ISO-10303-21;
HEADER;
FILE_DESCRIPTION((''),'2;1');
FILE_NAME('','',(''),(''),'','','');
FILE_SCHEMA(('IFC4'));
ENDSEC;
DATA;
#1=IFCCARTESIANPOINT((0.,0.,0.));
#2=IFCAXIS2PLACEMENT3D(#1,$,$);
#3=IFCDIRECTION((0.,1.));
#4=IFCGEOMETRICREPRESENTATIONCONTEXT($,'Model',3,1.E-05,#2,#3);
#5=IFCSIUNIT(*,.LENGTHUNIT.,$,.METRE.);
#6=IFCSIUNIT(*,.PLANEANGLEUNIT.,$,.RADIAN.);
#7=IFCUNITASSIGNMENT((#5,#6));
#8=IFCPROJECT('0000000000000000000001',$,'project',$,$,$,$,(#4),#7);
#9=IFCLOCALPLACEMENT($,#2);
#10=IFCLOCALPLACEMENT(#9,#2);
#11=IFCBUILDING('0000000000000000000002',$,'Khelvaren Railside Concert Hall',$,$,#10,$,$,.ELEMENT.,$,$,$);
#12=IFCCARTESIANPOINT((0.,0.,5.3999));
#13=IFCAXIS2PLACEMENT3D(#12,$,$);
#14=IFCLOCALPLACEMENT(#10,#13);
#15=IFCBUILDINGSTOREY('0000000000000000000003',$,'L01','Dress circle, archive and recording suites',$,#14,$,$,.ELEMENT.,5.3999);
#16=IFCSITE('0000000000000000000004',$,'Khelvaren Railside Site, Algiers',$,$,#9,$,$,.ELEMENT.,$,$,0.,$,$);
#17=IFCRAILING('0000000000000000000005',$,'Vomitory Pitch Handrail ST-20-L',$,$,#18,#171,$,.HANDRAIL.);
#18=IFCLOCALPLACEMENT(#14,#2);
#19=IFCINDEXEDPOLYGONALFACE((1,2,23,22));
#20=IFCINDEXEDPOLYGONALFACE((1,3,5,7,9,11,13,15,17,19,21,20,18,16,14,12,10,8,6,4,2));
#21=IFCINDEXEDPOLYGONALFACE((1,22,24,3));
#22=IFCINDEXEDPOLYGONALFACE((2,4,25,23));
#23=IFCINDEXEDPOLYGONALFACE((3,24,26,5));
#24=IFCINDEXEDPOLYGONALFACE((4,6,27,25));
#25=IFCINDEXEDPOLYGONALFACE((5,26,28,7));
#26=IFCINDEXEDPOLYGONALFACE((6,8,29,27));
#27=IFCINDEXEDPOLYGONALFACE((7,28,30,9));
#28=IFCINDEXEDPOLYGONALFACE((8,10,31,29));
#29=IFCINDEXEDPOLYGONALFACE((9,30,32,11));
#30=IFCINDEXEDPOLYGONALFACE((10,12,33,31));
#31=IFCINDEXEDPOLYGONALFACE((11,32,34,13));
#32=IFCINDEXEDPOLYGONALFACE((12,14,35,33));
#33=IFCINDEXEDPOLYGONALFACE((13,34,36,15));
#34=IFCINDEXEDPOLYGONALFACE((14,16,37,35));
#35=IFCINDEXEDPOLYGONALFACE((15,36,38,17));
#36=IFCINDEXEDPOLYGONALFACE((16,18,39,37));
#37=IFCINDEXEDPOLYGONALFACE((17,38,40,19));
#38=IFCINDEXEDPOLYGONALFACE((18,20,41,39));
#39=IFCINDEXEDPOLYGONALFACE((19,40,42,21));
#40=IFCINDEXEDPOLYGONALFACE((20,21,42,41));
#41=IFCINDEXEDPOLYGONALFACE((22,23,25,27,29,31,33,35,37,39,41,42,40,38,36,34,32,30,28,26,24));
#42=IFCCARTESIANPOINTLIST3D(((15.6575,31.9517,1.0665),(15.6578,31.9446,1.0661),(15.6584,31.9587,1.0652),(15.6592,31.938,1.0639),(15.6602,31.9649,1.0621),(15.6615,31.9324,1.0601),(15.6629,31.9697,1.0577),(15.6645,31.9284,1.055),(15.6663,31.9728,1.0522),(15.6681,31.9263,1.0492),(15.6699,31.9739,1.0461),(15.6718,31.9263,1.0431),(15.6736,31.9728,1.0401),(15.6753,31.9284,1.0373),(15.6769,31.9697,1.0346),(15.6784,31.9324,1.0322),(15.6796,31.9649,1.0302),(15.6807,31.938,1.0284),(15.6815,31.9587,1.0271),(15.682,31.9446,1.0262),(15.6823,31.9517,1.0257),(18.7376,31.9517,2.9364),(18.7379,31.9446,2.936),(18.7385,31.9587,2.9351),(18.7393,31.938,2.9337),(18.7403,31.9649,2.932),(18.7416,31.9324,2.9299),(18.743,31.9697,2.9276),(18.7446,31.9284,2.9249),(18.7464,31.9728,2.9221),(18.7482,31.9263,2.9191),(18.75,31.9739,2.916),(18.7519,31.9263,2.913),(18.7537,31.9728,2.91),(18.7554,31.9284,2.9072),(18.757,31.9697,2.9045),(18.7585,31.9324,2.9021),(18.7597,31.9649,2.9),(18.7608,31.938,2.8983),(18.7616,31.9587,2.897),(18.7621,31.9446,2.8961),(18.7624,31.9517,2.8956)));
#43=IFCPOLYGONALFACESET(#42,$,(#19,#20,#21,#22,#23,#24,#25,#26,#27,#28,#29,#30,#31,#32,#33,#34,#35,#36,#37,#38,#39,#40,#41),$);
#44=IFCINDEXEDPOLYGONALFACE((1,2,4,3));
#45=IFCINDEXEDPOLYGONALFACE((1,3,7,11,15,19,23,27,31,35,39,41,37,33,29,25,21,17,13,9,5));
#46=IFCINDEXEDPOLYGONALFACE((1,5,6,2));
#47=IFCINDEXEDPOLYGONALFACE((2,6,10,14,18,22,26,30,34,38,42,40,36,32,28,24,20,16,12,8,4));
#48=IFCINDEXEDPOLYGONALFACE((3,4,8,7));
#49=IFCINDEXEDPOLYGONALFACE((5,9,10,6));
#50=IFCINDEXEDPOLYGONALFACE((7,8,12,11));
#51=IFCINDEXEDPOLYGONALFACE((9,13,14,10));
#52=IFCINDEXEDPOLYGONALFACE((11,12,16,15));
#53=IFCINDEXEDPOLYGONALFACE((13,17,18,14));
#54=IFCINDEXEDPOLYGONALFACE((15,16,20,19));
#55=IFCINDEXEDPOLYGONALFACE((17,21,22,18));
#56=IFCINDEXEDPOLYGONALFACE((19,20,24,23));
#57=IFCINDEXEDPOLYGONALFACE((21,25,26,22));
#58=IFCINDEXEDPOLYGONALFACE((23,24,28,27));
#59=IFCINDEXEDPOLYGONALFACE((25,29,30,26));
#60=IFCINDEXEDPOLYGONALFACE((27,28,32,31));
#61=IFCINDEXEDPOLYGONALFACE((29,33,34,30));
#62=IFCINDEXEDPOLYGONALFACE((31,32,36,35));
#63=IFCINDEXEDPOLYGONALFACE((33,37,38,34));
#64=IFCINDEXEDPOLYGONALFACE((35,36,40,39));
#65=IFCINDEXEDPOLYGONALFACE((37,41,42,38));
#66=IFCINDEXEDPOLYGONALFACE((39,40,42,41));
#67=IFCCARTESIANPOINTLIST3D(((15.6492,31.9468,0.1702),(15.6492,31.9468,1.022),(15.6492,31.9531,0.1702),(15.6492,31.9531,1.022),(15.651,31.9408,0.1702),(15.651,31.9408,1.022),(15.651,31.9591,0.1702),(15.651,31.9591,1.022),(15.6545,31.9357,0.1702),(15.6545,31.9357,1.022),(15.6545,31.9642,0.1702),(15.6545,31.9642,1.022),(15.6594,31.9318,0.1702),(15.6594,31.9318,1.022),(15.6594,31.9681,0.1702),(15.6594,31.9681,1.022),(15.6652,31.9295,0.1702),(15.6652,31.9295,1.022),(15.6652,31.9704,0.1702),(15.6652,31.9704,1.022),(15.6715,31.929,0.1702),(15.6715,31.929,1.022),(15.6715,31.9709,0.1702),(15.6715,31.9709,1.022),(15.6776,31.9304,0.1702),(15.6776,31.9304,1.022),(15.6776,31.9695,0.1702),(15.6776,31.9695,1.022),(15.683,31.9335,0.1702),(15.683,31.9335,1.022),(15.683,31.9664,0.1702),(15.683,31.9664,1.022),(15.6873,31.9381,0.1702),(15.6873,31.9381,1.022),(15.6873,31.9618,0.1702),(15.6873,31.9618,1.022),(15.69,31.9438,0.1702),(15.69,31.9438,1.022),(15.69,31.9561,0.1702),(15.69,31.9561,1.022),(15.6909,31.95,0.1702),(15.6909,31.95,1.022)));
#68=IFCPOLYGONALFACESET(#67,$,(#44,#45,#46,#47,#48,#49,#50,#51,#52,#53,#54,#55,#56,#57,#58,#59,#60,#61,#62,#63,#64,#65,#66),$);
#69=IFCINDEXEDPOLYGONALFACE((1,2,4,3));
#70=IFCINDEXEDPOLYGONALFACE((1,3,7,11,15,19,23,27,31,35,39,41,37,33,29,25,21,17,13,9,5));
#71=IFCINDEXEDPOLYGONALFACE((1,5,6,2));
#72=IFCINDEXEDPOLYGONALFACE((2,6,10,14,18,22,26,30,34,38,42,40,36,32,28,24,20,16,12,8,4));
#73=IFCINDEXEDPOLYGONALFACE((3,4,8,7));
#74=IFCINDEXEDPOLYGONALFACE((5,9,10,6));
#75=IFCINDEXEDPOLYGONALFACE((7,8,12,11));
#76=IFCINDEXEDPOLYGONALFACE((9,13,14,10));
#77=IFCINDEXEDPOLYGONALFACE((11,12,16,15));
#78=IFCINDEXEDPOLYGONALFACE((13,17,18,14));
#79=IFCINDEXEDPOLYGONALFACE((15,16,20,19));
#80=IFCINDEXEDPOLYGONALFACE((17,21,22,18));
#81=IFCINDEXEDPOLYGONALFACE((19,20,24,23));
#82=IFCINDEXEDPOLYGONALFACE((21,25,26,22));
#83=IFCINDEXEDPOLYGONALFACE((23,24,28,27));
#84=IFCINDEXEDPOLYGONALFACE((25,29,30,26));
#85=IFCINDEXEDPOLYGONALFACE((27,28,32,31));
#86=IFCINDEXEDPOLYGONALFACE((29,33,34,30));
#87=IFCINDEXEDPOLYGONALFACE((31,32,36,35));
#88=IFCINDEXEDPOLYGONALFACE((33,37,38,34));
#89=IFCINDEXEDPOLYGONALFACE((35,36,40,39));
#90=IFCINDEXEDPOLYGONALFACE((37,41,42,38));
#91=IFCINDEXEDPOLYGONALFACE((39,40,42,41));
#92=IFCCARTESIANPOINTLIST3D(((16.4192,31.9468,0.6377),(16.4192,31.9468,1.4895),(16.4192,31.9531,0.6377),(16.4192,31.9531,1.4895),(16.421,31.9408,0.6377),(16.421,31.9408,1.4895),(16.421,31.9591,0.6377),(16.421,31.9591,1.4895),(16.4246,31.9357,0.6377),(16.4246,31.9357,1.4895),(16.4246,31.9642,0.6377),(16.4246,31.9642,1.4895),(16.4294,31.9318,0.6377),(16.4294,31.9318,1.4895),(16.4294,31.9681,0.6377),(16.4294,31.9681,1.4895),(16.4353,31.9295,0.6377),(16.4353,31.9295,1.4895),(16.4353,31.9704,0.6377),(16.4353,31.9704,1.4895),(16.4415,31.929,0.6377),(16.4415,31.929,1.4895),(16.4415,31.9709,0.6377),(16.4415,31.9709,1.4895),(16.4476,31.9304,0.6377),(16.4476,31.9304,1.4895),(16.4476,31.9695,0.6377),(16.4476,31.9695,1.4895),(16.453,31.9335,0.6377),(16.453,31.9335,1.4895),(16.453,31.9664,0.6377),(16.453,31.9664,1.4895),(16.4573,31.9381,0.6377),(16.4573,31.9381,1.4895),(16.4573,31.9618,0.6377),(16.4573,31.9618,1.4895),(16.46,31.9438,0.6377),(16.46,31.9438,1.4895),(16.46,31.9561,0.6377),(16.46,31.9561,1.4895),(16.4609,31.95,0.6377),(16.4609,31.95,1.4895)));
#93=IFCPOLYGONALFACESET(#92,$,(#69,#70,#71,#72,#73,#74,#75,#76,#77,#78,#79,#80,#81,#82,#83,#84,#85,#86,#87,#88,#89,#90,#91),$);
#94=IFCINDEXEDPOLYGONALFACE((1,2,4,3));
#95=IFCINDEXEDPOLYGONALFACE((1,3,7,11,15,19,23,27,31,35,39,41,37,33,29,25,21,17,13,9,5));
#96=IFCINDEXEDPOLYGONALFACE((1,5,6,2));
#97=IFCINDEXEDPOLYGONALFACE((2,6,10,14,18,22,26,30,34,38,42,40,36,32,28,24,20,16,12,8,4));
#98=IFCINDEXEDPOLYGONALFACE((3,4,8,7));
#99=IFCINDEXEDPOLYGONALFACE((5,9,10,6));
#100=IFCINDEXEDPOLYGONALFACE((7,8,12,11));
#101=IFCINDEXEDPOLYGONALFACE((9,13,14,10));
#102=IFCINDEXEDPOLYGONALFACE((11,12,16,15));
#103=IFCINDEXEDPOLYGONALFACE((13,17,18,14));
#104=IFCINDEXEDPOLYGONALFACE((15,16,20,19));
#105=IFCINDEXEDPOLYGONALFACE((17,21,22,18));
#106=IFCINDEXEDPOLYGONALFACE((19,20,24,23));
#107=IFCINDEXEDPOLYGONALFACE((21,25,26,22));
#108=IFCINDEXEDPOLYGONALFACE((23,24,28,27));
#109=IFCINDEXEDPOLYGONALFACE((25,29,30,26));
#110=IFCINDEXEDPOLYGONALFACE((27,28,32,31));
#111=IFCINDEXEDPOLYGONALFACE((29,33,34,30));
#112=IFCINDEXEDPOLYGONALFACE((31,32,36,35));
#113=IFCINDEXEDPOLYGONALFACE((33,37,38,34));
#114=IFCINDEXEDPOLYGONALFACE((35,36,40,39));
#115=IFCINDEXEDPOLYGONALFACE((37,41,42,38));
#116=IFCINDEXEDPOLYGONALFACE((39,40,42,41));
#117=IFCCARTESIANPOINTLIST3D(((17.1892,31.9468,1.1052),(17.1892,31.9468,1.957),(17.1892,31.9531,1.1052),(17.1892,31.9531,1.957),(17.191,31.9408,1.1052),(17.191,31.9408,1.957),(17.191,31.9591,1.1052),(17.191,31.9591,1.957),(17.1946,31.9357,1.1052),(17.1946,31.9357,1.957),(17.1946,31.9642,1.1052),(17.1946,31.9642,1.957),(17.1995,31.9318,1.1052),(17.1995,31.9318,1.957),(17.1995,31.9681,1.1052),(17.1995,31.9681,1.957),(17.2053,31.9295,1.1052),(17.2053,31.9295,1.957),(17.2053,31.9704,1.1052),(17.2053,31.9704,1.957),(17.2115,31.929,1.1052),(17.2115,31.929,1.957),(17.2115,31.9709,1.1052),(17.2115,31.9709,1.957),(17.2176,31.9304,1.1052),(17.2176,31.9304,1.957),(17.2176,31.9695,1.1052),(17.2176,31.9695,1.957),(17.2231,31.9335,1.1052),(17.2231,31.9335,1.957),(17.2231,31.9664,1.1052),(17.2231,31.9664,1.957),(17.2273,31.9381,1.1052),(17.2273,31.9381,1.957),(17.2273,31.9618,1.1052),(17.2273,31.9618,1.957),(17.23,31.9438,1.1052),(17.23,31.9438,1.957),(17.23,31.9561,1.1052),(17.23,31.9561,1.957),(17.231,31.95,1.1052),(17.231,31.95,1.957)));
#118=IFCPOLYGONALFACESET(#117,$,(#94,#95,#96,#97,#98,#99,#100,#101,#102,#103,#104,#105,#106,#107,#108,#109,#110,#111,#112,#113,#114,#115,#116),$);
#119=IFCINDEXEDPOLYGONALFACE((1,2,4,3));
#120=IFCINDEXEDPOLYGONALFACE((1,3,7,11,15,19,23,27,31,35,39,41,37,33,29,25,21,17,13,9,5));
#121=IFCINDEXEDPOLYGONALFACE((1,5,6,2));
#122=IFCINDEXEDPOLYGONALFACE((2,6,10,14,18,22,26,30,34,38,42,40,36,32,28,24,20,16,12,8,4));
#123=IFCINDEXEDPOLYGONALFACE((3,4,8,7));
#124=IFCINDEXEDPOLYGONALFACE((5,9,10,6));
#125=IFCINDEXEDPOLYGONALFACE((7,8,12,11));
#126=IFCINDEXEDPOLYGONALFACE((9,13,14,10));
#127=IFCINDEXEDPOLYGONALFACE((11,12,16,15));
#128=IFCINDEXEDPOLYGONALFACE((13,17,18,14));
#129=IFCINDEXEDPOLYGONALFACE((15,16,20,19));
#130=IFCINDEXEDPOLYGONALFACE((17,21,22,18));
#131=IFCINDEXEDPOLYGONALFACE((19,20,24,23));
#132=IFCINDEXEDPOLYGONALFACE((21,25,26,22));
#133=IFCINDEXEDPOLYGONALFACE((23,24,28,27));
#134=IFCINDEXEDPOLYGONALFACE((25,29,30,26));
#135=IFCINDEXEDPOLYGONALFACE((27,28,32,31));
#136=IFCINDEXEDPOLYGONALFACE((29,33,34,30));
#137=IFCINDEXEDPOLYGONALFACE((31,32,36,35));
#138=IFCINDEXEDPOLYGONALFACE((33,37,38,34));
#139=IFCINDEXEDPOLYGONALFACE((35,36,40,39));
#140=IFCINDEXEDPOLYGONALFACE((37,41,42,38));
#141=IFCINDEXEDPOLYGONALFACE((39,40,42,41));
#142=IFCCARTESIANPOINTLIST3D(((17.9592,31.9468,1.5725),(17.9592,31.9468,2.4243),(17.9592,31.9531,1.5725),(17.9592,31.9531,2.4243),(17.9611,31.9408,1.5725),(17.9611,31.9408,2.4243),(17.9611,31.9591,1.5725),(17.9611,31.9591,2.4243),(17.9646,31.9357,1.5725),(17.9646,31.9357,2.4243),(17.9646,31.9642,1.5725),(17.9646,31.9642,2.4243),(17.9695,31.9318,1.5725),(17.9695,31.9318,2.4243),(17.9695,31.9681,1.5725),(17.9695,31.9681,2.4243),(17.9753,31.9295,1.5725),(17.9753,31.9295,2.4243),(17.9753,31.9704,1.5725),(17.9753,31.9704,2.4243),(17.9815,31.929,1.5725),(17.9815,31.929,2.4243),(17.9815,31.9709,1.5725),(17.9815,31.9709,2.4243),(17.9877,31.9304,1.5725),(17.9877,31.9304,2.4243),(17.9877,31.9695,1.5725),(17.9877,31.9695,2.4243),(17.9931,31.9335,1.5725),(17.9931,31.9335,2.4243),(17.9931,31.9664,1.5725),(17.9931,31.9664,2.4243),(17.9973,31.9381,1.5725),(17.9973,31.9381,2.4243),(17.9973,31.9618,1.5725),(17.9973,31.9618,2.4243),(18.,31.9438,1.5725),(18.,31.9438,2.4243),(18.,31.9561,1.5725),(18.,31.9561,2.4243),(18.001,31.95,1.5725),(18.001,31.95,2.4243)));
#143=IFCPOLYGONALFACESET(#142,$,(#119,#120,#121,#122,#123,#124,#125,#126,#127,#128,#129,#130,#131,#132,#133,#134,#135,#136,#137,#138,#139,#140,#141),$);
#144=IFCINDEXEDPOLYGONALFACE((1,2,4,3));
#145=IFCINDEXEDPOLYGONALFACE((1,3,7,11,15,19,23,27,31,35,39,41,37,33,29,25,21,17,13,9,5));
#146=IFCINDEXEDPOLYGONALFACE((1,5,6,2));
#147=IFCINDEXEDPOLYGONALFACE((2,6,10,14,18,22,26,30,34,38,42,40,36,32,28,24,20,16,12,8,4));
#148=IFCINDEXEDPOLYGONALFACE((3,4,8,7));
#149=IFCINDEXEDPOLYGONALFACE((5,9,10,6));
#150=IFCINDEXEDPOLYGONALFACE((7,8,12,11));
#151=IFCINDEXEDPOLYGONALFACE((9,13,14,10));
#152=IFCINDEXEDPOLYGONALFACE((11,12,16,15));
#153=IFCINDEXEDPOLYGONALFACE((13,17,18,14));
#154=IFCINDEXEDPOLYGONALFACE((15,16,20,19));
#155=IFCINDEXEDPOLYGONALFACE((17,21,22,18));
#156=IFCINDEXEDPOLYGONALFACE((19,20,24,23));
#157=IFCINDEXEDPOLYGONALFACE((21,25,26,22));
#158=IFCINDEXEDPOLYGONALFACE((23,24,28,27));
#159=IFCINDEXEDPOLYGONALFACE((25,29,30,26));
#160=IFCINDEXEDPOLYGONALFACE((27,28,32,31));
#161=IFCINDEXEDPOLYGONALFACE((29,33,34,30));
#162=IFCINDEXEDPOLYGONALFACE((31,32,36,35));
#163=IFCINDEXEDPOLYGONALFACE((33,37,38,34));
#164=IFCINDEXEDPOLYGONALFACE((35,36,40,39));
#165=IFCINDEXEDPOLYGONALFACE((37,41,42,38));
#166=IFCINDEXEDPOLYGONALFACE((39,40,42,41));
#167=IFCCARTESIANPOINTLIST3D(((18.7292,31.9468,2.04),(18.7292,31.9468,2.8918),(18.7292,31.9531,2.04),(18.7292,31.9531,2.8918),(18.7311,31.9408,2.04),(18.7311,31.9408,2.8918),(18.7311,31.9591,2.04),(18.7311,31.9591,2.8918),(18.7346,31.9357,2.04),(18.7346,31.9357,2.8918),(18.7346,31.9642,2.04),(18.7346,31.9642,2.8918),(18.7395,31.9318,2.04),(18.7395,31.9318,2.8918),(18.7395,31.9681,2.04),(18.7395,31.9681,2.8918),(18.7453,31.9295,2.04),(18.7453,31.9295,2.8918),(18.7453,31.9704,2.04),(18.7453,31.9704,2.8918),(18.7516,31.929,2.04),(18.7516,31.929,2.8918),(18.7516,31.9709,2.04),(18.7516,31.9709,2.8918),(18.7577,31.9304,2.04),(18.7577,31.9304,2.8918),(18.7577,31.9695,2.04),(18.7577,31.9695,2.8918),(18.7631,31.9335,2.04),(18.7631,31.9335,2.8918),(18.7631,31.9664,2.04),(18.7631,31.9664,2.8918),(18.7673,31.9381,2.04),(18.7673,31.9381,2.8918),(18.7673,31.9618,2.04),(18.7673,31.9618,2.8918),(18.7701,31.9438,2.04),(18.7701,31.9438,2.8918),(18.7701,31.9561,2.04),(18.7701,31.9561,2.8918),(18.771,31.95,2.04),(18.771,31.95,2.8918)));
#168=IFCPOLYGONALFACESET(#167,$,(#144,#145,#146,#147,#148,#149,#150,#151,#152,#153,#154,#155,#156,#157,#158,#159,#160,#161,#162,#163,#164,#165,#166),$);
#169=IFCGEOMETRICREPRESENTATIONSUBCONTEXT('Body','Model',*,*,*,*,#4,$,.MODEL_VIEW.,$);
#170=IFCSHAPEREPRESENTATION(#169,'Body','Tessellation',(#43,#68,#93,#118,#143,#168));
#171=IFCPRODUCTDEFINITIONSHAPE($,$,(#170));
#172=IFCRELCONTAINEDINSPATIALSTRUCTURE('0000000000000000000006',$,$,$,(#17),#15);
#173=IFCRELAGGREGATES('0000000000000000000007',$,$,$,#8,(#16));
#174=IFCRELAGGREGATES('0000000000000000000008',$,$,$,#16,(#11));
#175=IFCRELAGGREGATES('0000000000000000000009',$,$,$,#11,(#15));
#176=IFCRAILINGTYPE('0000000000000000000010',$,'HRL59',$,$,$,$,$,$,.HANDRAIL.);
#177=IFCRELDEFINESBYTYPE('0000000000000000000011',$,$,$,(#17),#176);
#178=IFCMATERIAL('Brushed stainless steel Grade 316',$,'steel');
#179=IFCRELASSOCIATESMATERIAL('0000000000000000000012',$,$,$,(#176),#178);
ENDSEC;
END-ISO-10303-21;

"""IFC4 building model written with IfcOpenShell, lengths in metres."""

from ifc_helpers import new_model, si_unit, direction, frame, origin, origin_2d, place, context, subcontext, project, spatial, circle, extrude, material, type_object, element, save


model = new_model("IFC4")

# Units and contexts
model_context = context("Model", 3, precision=1e-05, world=origin(), true_north=direction((0.0, 1.0)))
body_context = subcontext(model_context, "Body", "Model", "MODEL_VIEW")
ifc_project = project(units=[si_unit("LENGTHUNIT", "METRE"), si_unit("PLANEANGLEUNIT", "RADIAN")], contexts=[model_context])

# Site, building, storey
site_placement = place(None, origin())
site = spatial("IfcSite", under=ifc_project, at=site_placement, Name="Khelvaren Railside Site, Algiers", CompositionType="ELEMENT", RefElevation=0.0)
building_placement = place(site_placement, origin())
building = spatial("IfcBuilding", under=site, at=building_placement, Name="Khelvaren Railside Concert Hall", CompositionType="ELEMENT")
storey_placement = place(building_placement, frame((0.0, 0.0, 5.3999)))
storey = spatial("IfcBuildingStorey", under=building, at=storey_placement, Name="L01", Description="Dress circle, archive and recording suites", CompositionType="ELEMENT", Elevation=5.3999)

# Railing
ifc_material_1 = material(Name="Brushed stainless steel Grade 316", Category="steel")
railing_type_1 = type_object("IfcRailingType", Name="HRL59", PredefinedType="HANDRAIL", material=ifc_material_1)
for number, where, name in (
    (1, (15.6699, 31.95, 0.1702), "Vomitory Pitch Handrail ST-20-L"),
):
    element("IfcRailing", number, at=place(storey_placement, frame(where)), inside=storey, type_object=railing_type_1, Name=name, PredefinedType="HANDRAIL", context=body_context, shape_type="SweptSolid", body=[
        extrude(circle(Radius=0.0239, at=origin_2d()), frame((0.0, 0.0, 0.876), z_axis=(0.854809, 0.0, 0.518943), x_axis=(0.0, 1.0, 0.0)), (0.0, 0.0, 1.0), 3.6033),
        extrude(circle(Radius=0.021, at=origin_2d()), origin(), (0.0, 0.0, 1.0), 0.8518),
        extrude(circle(Radius=0.021, at=origin_2d()), frame((0.77, 0.0, 0.4675)), (0.0, 0.0, 1.0), 0.8518),
        extrude(circle(Radius=0.021, at=origin_2d()), frame((1.54, 0.0, 0.9351)), (0.0, 0.0, 1.0), 0.8518),
        extrude(circle(Radius=0.021, at=origin_2d()), frame((2.3101, 0.0, 1.4023)), (0.0, 0.0, 1.0), 0.8518),
        extrude(circle(Radius=0.021, at=origin_2d()), frame((3.0801, 0.0, 1.8699)), (0.0, 0.0, 1.0), 0.8518),
    ])

save(model, "model.ifc")
